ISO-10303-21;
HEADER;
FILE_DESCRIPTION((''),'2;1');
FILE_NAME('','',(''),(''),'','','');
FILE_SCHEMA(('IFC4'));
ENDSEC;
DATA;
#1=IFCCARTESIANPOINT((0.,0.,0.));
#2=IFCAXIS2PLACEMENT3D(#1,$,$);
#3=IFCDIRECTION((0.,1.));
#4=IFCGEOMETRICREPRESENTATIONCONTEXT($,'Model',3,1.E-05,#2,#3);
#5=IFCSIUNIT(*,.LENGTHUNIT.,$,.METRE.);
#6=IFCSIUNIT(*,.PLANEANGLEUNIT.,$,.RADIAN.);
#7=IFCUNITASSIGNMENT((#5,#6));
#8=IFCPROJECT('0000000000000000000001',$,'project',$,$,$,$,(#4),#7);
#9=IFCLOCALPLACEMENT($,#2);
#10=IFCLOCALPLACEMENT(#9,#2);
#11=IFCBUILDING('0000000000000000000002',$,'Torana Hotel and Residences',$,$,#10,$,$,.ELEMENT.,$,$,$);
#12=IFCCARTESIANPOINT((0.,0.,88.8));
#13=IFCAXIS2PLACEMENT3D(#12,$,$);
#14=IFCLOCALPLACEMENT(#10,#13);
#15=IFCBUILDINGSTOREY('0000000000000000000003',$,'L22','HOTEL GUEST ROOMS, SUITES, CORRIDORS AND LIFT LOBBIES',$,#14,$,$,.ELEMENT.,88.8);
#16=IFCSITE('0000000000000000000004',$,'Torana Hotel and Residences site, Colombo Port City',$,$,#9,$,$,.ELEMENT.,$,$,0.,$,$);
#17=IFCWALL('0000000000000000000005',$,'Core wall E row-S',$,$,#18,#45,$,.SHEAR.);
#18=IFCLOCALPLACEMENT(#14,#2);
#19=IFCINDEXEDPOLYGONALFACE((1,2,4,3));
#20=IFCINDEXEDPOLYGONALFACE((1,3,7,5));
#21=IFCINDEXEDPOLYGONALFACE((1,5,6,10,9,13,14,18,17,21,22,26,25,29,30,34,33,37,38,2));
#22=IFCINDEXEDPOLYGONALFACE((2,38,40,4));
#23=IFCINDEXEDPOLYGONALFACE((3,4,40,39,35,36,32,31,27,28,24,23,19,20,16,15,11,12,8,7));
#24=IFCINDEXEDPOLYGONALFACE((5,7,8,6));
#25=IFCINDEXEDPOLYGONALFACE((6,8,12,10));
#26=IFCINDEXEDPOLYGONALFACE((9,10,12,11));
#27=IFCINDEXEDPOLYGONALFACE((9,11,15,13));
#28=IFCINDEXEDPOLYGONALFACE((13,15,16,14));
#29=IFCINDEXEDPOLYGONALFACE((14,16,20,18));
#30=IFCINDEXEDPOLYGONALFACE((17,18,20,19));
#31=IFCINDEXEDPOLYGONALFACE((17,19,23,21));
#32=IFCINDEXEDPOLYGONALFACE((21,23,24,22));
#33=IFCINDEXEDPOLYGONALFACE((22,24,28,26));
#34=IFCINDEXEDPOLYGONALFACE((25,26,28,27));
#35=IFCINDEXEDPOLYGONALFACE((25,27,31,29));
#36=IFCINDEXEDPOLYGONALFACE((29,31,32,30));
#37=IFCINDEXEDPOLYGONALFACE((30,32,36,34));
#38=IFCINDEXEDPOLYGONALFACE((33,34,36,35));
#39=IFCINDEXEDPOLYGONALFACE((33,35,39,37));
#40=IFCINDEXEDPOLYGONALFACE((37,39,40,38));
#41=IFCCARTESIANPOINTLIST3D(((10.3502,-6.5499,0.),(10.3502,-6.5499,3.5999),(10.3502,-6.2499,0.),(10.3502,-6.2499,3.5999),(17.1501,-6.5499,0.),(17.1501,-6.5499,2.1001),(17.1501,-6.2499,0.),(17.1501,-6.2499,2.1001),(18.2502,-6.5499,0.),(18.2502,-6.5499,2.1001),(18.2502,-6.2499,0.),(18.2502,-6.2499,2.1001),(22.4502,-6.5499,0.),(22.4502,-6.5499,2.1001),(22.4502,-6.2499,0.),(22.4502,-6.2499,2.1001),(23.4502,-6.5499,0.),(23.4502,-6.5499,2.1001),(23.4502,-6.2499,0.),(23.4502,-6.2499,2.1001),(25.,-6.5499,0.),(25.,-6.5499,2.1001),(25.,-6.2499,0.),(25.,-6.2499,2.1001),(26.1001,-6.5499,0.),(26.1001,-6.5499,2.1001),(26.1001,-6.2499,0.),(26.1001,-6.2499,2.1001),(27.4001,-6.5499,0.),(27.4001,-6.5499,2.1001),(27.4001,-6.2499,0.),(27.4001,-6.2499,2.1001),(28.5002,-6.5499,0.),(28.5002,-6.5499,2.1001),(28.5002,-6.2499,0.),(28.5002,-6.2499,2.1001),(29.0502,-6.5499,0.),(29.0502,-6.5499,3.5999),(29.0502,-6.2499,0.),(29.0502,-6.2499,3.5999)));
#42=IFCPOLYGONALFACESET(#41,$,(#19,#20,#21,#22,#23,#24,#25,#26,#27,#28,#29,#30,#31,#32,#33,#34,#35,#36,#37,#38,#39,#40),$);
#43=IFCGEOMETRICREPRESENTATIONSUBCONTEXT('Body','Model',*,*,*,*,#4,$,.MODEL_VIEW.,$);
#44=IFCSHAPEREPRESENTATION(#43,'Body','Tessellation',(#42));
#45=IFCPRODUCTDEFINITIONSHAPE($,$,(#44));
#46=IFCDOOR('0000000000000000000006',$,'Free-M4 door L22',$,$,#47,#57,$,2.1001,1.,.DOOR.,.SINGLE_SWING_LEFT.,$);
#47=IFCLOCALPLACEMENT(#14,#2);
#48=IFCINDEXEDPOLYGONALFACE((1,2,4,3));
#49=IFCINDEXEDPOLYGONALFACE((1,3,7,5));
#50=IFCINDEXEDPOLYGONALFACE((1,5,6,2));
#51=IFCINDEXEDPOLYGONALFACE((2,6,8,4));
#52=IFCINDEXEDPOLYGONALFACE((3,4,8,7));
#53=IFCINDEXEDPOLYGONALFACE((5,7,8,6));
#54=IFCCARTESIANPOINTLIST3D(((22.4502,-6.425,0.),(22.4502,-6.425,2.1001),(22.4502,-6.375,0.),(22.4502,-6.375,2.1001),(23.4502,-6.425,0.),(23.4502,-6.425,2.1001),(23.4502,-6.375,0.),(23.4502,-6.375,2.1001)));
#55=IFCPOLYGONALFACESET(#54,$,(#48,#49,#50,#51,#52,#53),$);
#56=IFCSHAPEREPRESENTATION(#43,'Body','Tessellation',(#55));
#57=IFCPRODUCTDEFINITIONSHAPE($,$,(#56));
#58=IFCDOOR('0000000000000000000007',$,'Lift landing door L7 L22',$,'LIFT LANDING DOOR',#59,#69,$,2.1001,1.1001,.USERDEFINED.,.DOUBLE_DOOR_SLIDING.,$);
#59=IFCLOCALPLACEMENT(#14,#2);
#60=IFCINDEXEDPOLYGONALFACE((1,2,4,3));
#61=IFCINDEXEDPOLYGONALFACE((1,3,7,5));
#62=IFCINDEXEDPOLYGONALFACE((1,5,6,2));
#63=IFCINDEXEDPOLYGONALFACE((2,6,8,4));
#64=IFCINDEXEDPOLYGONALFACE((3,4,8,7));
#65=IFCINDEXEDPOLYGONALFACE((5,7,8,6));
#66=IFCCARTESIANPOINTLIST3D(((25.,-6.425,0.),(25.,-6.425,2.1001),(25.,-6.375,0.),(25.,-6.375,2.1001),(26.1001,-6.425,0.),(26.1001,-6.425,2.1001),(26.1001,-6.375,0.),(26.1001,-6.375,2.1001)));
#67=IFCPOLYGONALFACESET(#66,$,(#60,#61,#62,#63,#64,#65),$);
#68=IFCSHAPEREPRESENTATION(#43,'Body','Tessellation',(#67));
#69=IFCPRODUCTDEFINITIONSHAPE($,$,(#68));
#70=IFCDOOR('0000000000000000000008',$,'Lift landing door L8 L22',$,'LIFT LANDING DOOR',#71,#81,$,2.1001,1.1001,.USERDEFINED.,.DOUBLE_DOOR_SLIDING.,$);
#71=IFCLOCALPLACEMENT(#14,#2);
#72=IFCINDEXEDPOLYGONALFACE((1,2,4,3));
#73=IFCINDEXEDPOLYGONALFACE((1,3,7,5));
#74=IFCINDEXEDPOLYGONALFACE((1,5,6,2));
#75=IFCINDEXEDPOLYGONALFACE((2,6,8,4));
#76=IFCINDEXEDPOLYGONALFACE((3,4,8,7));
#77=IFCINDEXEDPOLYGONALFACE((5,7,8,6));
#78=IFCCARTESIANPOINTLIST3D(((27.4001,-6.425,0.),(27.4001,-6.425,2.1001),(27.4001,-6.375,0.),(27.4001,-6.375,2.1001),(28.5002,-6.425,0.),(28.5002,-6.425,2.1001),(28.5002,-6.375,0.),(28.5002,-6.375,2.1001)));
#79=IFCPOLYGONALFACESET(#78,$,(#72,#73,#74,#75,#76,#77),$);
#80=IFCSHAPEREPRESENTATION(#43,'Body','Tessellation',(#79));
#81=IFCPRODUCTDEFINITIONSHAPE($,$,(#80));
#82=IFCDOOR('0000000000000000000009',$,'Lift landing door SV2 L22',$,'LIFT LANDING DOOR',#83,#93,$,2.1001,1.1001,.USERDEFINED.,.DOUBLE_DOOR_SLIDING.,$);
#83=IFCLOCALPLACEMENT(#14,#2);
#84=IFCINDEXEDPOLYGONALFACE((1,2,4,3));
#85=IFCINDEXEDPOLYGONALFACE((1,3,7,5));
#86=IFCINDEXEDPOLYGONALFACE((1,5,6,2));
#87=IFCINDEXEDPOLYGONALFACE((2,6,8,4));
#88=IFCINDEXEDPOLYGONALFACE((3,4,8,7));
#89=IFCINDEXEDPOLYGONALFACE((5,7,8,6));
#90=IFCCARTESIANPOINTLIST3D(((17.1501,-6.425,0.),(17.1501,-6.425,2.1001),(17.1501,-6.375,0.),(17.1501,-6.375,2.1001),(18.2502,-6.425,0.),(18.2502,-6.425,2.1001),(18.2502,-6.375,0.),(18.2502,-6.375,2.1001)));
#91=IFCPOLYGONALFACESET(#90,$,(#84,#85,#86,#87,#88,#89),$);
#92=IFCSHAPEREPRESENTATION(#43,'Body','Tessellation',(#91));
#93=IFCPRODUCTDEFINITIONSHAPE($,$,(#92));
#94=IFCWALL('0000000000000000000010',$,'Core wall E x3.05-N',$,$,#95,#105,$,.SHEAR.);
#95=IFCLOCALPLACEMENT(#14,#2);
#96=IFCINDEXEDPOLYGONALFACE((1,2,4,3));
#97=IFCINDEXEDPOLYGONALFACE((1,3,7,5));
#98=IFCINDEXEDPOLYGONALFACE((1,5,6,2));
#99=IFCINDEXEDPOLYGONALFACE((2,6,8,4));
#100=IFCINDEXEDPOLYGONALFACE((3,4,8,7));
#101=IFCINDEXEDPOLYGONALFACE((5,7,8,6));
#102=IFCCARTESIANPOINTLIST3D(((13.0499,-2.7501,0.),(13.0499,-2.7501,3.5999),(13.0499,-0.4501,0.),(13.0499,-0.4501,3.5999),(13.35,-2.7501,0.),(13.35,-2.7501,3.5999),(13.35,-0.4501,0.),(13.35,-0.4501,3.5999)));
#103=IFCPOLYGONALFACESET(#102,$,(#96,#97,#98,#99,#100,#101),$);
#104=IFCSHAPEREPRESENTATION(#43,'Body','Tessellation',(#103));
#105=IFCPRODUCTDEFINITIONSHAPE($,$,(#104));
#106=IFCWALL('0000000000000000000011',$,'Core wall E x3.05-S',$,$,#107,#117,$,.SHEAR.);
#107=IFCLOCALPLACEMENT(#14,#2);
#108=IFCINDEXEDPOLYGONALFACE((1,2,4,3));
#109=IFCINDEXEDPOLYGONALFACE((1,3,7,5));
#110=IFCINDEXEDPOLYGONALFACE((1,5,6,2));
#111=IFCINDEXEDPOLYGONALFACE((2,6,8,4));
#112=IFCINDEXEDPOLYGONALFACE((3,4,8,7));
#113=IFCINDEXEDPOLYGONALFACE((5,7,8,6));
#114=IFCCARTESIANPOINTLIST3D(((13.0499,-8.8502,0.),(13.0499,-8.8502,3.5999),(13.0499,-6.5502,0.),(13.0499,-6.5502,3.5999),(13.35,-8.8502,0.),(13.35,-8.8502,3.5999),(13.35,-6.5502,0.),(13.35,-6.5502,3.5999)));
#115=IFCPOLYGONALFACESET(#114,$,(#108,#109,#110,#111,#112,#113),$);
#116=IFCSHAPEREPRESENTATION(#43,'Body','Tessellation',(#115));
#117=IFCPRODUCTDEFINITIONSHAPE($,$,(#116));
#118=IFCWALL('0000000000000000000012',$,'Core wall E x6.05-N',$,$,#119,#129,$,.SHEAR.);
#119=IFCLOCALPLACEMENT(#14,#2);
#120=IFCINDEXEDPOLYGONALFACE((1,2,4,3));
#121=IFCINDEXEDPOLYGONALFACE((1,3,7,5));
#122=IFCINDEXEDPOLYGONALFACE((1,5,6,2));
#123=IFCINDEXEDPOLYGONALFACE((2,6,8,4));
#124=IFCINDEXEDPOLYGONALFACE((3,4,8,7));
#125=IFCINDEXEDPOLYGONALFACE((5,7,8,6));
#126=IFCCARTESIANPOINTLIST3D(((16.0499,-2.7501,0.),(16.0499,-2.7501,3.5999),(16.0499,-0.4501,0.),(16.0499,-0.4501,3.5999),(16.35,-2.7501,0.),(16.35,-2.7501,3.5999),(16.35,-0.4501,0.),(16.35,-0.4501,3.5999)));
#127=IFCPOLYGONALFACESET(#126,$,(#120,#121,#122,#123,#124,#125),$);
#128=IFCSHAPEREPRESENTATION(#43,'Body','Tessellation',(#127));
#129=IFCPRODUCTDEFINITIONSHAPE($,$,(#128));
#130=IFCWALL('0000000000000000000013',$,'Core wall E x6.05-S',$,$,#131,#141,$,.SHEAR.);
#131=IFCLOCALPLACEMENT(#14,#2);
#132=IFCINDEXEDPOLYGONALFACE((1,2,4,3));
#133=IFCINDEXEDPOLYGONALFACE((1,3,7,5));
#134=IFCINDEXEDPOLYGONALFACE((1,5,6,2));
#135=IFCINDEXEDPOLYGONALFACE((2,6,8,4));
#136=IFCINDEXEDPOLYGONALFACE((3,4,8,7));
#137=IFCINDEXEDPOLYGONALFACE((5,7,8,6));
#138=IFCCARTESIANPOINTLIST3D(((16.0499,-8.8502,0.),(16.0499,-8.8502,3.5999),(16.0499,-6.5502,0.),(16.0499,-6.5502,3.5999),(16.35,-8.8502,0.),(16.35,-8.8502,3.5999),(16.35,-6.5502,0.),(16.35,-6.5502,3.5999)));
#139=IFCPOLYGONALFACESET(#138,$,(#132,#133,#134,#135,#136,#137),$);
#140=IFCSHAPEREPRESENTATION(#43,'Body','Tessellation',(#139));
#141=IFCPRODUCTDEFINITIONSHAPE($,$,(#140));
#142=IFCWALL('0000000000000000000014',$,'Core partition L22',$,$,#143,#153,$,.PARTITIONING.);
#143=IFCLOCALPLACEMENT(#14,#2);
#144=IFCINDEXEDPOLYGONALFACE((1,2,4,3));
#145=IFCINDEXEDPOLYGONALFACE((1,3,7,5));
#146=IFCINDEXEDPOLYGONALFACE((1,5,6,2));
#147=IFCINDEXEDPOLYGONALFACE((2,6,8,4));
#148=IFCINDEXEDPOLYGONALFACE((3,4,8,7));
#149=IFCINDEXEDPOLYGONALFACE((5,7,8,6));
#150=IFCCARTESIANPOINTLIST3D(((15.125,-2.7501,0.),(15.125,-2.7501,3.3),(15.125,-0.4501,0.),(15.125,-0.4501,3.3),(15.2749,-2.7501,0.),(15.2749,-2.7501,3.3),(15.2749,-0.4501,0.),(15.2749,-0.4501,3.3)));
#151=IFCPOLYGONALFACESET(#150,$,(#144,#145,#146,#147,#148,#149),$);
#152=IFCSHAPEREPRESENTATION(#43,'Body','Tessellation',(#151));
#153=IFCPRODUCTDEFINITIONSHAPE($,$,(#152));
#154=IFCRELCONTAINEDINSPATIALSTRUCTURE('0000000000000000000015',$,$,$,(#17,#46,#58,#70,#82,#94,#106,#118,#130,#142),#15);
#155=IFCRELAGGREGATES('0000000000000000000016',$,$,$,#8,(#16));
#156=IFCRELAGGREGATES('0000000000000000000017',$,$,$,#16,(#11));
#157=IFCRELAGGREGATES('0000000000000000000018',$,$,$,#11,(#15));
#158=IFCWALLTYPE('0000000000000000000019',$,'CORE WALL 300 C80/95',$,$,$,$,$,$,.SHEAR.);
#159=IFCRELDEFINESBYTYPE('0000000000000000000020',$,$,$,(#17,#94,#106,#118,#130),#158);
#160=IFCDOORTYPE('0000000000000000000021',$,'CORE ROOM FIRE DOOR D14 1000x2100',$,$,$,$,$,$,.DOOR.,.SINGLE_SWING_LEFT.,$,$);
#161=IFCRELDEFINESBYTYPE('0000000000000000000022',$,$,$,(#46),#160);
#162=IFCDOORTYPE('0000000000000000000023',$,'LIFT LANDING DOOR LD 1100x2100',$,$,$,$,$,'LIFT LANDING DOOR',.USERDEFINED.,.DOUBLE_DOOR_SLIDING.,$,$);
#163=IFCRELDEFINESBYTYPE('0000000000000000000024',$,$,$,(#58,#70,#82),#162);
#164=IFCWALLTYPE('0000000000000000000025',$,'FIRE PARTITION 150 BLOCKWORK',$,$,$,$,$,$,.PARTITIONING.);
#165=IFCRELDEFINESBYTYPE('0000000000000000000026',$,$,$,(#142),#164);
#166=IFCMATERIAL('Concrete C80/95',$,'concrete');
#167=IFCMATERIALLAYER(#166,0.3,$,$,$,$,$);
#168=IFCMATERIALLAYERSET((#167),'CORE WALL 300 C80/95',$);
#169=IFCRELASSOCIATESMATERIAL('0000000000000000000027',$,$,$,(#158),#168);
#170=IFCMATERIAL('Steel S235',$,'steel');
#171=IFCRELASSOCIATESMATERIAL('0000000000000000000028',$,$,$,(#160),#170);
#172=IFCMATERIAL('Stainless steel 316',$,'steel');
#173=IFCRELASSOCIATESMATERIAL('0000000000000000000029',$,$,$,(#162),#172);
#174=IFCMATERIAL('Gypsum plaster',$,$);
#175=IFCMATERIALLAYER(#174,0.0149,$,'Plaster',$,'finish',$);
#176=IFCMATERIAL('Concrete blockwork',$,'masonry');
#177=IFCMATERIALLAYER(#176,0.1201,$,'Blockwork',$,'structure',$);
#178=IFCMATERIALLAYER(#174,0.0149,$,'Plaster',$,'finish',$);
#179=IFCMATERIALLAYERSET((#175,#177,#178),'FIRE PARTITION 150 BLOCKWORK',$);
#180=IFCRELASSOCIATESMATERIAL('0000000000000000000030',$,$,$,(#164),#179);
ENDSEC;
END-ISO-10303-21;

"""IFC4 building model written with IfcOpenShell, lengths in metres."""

from ifc_helpers import new_model, si_unit, direction, frame, frame_2d, origin, place, context, subcontext, project, spatial, rectangle, extrude, material, layer, layer_set, type_object, element, fill, save


model = new_model("IFC4")

# Units and contexts
model_context = context("Model", 3, precision=1e-05, world=origin(), true_north=direction((0.0, 1.0)))
body_context = subcontext(model_context, "Body", "Model", "MODEL_VIEW")
ifc_project = project(units=[si_unit("LENGTHUNIT", "METRE"), si_unit("PLANEANGLEUNIT", "RADIAN")], contexts=[model_context])

# Site, building, storey
site_placement = place(None, origin())
site = spatial("IfcSite", under=ifc_project, at=site_placement, Name="Torana Hotel and Residences site, Colombo Port City", CompositionType="ELEMENT", RefElevation=0.0)
building_placement = place(site_placement, origin())
building = spatial("IfcBuilding", under=site, at=building_placement, Name="Torana Hotel and Residences", CompositionType="ELEMENT")
storey_placement = place(building_placement, frame((0.0, 0.0, 88.8)))
storey = spatial("IfcBuildingStorey", under=building, at=storey_placement, Name="L22", Description="HOTEL GUEST ROOMS, SUITES, CORRIDORS AND LIFT LOBBIES", CompositionType="ELEMENT", Elevation=88.8)

# Wall, openings, doors
ifc_material_1 = material(Name="Concrete C80/95", Category="concrete")
ifc_layer_1 = layer(ifc_material_1, 0.3)
ifc_layer_set_1 = layer_set([ifc_layer_1], Name="CORE WALL 300 C80/95")
wall_type_1 = type_object("IfcWallType", Name="CORE WALL 300 C80/95", PredefinedType="SHEAR", material=ifc_layer_set_1)
ifc_material_2 = material(Name="Steel S235", Category="steel")
door_type_1 = type_object("IfcDoorType", Name="CORE ROOM FIRE DOOR D14 1000x2100", OperationType="SINGLE_SWING_LEFT", PredefinedType="DOOR", material=ifc_material_2)
ifc_material_3 = material(Name="Stainless steel 316", Category="steel")
door_type_2 = type_object("IfcDoorType", Name="LIFT LANDING DOOR LD 1100x2100", ElementType="LIFT LANDING DOOR", OperationType="DOUBLE_DOOR_SLIDING", PredefinedType="USERDEFINED", material=ifc_material_3)
wall_1_placement = place(storey_placement, frame((10.3501, -6.3999, 0.0), z_axis=(0.0, 0.0, 1.0), x_axis=(1.0, 0.0, 0.0)))
wall_1 = element("IfcWall", 1, at=wall_1_placement, inside=storey, type_object=wall_type_1, Name="Core wall E row-S", PredefinedType="SHEAR", context=body_context, shape_type="SweptSolid", body=[
    extrude(rectangle(XDim=18.7, YDim=0.3, at=frame_2d((9.3501, 0.0))), origin(), (0.0, 0.0, 1.0), 3.5999),
])
opening_1_placement = place(wall_1_placement, frame((14.6499, 0.0, 0.0)))
opening_1 = element("IfcOpeningElement", 2, at=opening_1_placement, cuts=wall_1, PredefinedType="OPENING", context=body_context, shape_type="SweptSolid", body=[
    extrude(rectangle(XDim=1.1001, YDim=2.1001, at=frame_2d((0.55, 1.05))), frame((0.0, 0.1599, 0.0), z_axis=(0.0, -1.0, 0.0), x_axis=(1.0, 0.0, 0.0)), (0.0, 0.0, 1.0), 0.3201),
])
opening_2_placement = place(wall_1_placement, frame((17.05, 0.0, 0.0)))
opening_2 = element("IfcOpeningElement", 3, at=opening_2_placement, cuts=wall_1, PredefinedType="OPENING", context=body_context, shape_type="SweptSolid", body=[
    extrude(rectangle(XDim=1.1001, YDim=2.1001, at=frame_2d((0.55, 1.05))), frame((0.0, 0.1599, 0.0), z_axis=(0.0, -1.0, 0.0), x_axis=(1.0, 0.0, 0.0)), (0.0, 0.0, 1.0), 0.3201),
])
opening_3_placement = place(wall_1_placement, frame((6.8, 0.0, 0.0)))
opening_3 = element("IfcOpeningElement", 4, at=opening_3_placement, cuts=wall_1, PredefinedType="OPENING", context=body_context, shape_type="SweptSolid", body=[
    extrude(rectangle(XDim=1.1001, YDim=2.1001, at=frame_2d((0.55, 1.05))), frame((0.0, 0.1599, 0.0), z_axis=(0.0, -1.0, 0.0), x_axis=(1.0, 0.0, 0.0)), (0.0, 0.0, 1.0), 0.3201),
])
opening_4_placement = place(wall_1_placement, frame((12.1001, 0.0, 0.0)))
opening_4 = element("IfcOpeningElement", 5, at=opening_4_placement, cuts=wall_1, PredefinedType="OPENING", context=body_context, shape_type="SweptSolid", body=[
    extrude(rectangle(XDim=1.0, YDim=2.1001, at=frame_2d((0.5, 1.05))), frame((0.0, 0.1599, 0.0), z_axis=(0.0, -1.0, 0.0), x_axis=(1.0, 0.0, 0.0)), (0.0, 0.0, 1.0), 0.3201),
])
door_1_placement = place(opening_4_placement, frame((0.5, 0.0, 0.0), z_axis=(0.0, 0.0, 1.0), x_axis=(-1.0, 0.0, 0.0)))
door_1 = element("IfcDoor", 6, at=door_1_placement, inside=storey, type_object=door_type_1, Name="Free-M4 door L22", OperationType="SINGLE_SWING_LEFT", OverallHeight=2.1001, OverallWidth=1.0, PredefinedType="DOOR", context=body_context, shape_type="SweptSolid", body=[
    extrude(rectangle(XDim=1.0, YDim=2.1001, at=frame_2d((0.0, 1.05))), frame((0.0, -0.0249, 0.0), z_axis=(0.0, 1.0, 0.0), x_axis=(-1.0, 0.0, 0.0)), (0.0, 0.0, 1.0), 0.05),
])
fill(opening_4, door_1)
door_2_placement = place(opening_1_placement, origin())
door_2 = element("IfcDoor", 7, at=door_2_placement, inside=storey, type_object=door_type_2, Name="Lift landing door L7 L22", ObjectType="LIFT LANDING DOOR", OperationType="DOUBLE_DOOR_SLIDING", OverallHeight=2.1001, OverallWidth=1.1001, PredefinedType="USERDEFINED", context=body_context, shape_type="SweptSolid", body=[
    extrude(rectangle(XDim=1.1001, YDim=2.1001, at=frame_2d((0.55, 1.05))), frame((0.0, 0.0249, 0.0), z_axis=(0.0, -1.0, 0.0), x_axis=(1.0, 0.0, 0.0)), (0.0, 0.0, 1.0), 0.05),
])
fill(opening_1, door_2)
door_3_placement = place(opening_2_placement, origin())
door_3 = element("IfcDoor", 8, at=door_3_placement, inside=storey, type_object=door_type_2, Name="Lift landing door L8 L22", ObjectType="LIFT LANDING DOOR", OperationType="DOUBLE_DOOR_SLIDING", OverallHeight=2.1001, OverallWidth=1.1001, PredefinedType="USERDEFINED", context=body_context, shape_type="SweptSolid", body=[
    extrude(rectangle(XDim=1.1001, YDim=2.1001, at=frame_2d((0.55, 1.05))), frame((0.0, 0.0249, 0.0), z_axis=(0.0, -1.0, 0.0), x_axis=(1.0, 0.0, 0.0)), (0.0, 0.0, 1.0), 0.05),
])
fill(opening_2, door_3)
door_4_placement = place(opening_3_placement, origin())
door_4 = element("IfcDoor", 9, at=door_4_placement, inside=storey, type_object=door_type_2, Name="Lift landing door SV2 L22", ObjectType="LIFT LANDING DOOR", OperationType="DOUBLE_DOOR_SLIDING", OverallHeight=2.1001, OverallWidth=1.1001, PredefinedType="USERDEFINED", context=body_context, shape_type="SweptSolid", body=[
    extrude(rectangle(XDim=1.1001, YDim=2.1001, at=frame_2d((0.55, 1.05))), frame((0.0, 0.0249, 0.0), z_axis=(0.0, -1.0, 0.0), x_axis=(1.0, 0.0, 0.0)), (0.0, 0.0, 1.0), 0.05),
])
fill(opening_3, door_4)

# Walls
for number, where, z_axis, x_axis, name in (
    (10, (13.2, -2.75, 0.0), (0.0, 0.0, 1.0), (0.0, 1.0, 0.0), "Core wall E x3.05-N"),
    (11, (13.2, -8.8501, 0.0), (0.0, 0.0, 1.0), (0.0, 1.0, 0.0), "Core wall E x3.05-S"),
    (12, (16.2, -2.75, 0.0), (0.0, 0.0, 1.0), (0.0, 1.0, 0.0), "Core wall E x6.05-N"),
    (13, (16.2, -8.8501, 0.0), (0.0, 0.0, 1.0), (0.0, 1.0, 0.0), "Core wall E x6.05-S"),
):
    element("IfcWall", number, at=place(storey_placement, frame(where, z_axis=z_axis, x_axis=x_axis)), inside=storey, type_object=wall_type_1, Name=name, PredefinedType="SHEAR", context=body_context, shape_type="SweptSolid", body=[
        extrude(rectangle(XDim=2.3, YDim=0.3, at=frame_2d((1.1499, 0.0))), origin(), (0.0, 0.0, 1.0), 3.5999),
    ])
ifc_material_4 = material(Name="Gypsum plaster")
ifc_layer_2 = layer(ifc_material_4, 0.0149, Name="Plaster", Category="finish")
ifc_material_5 = material(Name="Concrete blockwork", Category="masonry")
ifc_layer_3 = layer(ifc_material_5, 0.1201, Name="Blockwork", Category="structure")
ifc_layer_4 = layer(ifc_material_4, 0.0149, Name="Plaster", Category="finish")
ifc_layer_set_2 = layer_set([ifc_layer_2, ifc_layer_3, ifc_layer_4], Name="FIRE PARTITION 150 BLOCKWORK")
wall_type_2 = type_object("IfcWallType", Name="FIRE PARTITION 150 BLOCKWORK", PredefinedType="PARTITIONING", material=ifc_layer_set_2)
wall_2_placement = place(storey_placement, frame((15.2, -2.75, 0.0), z_axis=(0.0, 0.0, 1.0), x_axis=(0.0, 1.0, 0.0)))
element("IfcWall", 14, at=wall_2_placement, inside=storey, type_object=wall_type_2, Name="Core partition L22", PredefinedType="PARTITIONING", context=body_context, shape_type="SweptSolid", body=[
    extrude(rectangle(XDim=2.3, YDim=0.1499, at=frame_2d((1.1499, 0.0))), origin(), (0.0, 0.0, 1.0), 3.3),
])

save(model, "model.ifc")
